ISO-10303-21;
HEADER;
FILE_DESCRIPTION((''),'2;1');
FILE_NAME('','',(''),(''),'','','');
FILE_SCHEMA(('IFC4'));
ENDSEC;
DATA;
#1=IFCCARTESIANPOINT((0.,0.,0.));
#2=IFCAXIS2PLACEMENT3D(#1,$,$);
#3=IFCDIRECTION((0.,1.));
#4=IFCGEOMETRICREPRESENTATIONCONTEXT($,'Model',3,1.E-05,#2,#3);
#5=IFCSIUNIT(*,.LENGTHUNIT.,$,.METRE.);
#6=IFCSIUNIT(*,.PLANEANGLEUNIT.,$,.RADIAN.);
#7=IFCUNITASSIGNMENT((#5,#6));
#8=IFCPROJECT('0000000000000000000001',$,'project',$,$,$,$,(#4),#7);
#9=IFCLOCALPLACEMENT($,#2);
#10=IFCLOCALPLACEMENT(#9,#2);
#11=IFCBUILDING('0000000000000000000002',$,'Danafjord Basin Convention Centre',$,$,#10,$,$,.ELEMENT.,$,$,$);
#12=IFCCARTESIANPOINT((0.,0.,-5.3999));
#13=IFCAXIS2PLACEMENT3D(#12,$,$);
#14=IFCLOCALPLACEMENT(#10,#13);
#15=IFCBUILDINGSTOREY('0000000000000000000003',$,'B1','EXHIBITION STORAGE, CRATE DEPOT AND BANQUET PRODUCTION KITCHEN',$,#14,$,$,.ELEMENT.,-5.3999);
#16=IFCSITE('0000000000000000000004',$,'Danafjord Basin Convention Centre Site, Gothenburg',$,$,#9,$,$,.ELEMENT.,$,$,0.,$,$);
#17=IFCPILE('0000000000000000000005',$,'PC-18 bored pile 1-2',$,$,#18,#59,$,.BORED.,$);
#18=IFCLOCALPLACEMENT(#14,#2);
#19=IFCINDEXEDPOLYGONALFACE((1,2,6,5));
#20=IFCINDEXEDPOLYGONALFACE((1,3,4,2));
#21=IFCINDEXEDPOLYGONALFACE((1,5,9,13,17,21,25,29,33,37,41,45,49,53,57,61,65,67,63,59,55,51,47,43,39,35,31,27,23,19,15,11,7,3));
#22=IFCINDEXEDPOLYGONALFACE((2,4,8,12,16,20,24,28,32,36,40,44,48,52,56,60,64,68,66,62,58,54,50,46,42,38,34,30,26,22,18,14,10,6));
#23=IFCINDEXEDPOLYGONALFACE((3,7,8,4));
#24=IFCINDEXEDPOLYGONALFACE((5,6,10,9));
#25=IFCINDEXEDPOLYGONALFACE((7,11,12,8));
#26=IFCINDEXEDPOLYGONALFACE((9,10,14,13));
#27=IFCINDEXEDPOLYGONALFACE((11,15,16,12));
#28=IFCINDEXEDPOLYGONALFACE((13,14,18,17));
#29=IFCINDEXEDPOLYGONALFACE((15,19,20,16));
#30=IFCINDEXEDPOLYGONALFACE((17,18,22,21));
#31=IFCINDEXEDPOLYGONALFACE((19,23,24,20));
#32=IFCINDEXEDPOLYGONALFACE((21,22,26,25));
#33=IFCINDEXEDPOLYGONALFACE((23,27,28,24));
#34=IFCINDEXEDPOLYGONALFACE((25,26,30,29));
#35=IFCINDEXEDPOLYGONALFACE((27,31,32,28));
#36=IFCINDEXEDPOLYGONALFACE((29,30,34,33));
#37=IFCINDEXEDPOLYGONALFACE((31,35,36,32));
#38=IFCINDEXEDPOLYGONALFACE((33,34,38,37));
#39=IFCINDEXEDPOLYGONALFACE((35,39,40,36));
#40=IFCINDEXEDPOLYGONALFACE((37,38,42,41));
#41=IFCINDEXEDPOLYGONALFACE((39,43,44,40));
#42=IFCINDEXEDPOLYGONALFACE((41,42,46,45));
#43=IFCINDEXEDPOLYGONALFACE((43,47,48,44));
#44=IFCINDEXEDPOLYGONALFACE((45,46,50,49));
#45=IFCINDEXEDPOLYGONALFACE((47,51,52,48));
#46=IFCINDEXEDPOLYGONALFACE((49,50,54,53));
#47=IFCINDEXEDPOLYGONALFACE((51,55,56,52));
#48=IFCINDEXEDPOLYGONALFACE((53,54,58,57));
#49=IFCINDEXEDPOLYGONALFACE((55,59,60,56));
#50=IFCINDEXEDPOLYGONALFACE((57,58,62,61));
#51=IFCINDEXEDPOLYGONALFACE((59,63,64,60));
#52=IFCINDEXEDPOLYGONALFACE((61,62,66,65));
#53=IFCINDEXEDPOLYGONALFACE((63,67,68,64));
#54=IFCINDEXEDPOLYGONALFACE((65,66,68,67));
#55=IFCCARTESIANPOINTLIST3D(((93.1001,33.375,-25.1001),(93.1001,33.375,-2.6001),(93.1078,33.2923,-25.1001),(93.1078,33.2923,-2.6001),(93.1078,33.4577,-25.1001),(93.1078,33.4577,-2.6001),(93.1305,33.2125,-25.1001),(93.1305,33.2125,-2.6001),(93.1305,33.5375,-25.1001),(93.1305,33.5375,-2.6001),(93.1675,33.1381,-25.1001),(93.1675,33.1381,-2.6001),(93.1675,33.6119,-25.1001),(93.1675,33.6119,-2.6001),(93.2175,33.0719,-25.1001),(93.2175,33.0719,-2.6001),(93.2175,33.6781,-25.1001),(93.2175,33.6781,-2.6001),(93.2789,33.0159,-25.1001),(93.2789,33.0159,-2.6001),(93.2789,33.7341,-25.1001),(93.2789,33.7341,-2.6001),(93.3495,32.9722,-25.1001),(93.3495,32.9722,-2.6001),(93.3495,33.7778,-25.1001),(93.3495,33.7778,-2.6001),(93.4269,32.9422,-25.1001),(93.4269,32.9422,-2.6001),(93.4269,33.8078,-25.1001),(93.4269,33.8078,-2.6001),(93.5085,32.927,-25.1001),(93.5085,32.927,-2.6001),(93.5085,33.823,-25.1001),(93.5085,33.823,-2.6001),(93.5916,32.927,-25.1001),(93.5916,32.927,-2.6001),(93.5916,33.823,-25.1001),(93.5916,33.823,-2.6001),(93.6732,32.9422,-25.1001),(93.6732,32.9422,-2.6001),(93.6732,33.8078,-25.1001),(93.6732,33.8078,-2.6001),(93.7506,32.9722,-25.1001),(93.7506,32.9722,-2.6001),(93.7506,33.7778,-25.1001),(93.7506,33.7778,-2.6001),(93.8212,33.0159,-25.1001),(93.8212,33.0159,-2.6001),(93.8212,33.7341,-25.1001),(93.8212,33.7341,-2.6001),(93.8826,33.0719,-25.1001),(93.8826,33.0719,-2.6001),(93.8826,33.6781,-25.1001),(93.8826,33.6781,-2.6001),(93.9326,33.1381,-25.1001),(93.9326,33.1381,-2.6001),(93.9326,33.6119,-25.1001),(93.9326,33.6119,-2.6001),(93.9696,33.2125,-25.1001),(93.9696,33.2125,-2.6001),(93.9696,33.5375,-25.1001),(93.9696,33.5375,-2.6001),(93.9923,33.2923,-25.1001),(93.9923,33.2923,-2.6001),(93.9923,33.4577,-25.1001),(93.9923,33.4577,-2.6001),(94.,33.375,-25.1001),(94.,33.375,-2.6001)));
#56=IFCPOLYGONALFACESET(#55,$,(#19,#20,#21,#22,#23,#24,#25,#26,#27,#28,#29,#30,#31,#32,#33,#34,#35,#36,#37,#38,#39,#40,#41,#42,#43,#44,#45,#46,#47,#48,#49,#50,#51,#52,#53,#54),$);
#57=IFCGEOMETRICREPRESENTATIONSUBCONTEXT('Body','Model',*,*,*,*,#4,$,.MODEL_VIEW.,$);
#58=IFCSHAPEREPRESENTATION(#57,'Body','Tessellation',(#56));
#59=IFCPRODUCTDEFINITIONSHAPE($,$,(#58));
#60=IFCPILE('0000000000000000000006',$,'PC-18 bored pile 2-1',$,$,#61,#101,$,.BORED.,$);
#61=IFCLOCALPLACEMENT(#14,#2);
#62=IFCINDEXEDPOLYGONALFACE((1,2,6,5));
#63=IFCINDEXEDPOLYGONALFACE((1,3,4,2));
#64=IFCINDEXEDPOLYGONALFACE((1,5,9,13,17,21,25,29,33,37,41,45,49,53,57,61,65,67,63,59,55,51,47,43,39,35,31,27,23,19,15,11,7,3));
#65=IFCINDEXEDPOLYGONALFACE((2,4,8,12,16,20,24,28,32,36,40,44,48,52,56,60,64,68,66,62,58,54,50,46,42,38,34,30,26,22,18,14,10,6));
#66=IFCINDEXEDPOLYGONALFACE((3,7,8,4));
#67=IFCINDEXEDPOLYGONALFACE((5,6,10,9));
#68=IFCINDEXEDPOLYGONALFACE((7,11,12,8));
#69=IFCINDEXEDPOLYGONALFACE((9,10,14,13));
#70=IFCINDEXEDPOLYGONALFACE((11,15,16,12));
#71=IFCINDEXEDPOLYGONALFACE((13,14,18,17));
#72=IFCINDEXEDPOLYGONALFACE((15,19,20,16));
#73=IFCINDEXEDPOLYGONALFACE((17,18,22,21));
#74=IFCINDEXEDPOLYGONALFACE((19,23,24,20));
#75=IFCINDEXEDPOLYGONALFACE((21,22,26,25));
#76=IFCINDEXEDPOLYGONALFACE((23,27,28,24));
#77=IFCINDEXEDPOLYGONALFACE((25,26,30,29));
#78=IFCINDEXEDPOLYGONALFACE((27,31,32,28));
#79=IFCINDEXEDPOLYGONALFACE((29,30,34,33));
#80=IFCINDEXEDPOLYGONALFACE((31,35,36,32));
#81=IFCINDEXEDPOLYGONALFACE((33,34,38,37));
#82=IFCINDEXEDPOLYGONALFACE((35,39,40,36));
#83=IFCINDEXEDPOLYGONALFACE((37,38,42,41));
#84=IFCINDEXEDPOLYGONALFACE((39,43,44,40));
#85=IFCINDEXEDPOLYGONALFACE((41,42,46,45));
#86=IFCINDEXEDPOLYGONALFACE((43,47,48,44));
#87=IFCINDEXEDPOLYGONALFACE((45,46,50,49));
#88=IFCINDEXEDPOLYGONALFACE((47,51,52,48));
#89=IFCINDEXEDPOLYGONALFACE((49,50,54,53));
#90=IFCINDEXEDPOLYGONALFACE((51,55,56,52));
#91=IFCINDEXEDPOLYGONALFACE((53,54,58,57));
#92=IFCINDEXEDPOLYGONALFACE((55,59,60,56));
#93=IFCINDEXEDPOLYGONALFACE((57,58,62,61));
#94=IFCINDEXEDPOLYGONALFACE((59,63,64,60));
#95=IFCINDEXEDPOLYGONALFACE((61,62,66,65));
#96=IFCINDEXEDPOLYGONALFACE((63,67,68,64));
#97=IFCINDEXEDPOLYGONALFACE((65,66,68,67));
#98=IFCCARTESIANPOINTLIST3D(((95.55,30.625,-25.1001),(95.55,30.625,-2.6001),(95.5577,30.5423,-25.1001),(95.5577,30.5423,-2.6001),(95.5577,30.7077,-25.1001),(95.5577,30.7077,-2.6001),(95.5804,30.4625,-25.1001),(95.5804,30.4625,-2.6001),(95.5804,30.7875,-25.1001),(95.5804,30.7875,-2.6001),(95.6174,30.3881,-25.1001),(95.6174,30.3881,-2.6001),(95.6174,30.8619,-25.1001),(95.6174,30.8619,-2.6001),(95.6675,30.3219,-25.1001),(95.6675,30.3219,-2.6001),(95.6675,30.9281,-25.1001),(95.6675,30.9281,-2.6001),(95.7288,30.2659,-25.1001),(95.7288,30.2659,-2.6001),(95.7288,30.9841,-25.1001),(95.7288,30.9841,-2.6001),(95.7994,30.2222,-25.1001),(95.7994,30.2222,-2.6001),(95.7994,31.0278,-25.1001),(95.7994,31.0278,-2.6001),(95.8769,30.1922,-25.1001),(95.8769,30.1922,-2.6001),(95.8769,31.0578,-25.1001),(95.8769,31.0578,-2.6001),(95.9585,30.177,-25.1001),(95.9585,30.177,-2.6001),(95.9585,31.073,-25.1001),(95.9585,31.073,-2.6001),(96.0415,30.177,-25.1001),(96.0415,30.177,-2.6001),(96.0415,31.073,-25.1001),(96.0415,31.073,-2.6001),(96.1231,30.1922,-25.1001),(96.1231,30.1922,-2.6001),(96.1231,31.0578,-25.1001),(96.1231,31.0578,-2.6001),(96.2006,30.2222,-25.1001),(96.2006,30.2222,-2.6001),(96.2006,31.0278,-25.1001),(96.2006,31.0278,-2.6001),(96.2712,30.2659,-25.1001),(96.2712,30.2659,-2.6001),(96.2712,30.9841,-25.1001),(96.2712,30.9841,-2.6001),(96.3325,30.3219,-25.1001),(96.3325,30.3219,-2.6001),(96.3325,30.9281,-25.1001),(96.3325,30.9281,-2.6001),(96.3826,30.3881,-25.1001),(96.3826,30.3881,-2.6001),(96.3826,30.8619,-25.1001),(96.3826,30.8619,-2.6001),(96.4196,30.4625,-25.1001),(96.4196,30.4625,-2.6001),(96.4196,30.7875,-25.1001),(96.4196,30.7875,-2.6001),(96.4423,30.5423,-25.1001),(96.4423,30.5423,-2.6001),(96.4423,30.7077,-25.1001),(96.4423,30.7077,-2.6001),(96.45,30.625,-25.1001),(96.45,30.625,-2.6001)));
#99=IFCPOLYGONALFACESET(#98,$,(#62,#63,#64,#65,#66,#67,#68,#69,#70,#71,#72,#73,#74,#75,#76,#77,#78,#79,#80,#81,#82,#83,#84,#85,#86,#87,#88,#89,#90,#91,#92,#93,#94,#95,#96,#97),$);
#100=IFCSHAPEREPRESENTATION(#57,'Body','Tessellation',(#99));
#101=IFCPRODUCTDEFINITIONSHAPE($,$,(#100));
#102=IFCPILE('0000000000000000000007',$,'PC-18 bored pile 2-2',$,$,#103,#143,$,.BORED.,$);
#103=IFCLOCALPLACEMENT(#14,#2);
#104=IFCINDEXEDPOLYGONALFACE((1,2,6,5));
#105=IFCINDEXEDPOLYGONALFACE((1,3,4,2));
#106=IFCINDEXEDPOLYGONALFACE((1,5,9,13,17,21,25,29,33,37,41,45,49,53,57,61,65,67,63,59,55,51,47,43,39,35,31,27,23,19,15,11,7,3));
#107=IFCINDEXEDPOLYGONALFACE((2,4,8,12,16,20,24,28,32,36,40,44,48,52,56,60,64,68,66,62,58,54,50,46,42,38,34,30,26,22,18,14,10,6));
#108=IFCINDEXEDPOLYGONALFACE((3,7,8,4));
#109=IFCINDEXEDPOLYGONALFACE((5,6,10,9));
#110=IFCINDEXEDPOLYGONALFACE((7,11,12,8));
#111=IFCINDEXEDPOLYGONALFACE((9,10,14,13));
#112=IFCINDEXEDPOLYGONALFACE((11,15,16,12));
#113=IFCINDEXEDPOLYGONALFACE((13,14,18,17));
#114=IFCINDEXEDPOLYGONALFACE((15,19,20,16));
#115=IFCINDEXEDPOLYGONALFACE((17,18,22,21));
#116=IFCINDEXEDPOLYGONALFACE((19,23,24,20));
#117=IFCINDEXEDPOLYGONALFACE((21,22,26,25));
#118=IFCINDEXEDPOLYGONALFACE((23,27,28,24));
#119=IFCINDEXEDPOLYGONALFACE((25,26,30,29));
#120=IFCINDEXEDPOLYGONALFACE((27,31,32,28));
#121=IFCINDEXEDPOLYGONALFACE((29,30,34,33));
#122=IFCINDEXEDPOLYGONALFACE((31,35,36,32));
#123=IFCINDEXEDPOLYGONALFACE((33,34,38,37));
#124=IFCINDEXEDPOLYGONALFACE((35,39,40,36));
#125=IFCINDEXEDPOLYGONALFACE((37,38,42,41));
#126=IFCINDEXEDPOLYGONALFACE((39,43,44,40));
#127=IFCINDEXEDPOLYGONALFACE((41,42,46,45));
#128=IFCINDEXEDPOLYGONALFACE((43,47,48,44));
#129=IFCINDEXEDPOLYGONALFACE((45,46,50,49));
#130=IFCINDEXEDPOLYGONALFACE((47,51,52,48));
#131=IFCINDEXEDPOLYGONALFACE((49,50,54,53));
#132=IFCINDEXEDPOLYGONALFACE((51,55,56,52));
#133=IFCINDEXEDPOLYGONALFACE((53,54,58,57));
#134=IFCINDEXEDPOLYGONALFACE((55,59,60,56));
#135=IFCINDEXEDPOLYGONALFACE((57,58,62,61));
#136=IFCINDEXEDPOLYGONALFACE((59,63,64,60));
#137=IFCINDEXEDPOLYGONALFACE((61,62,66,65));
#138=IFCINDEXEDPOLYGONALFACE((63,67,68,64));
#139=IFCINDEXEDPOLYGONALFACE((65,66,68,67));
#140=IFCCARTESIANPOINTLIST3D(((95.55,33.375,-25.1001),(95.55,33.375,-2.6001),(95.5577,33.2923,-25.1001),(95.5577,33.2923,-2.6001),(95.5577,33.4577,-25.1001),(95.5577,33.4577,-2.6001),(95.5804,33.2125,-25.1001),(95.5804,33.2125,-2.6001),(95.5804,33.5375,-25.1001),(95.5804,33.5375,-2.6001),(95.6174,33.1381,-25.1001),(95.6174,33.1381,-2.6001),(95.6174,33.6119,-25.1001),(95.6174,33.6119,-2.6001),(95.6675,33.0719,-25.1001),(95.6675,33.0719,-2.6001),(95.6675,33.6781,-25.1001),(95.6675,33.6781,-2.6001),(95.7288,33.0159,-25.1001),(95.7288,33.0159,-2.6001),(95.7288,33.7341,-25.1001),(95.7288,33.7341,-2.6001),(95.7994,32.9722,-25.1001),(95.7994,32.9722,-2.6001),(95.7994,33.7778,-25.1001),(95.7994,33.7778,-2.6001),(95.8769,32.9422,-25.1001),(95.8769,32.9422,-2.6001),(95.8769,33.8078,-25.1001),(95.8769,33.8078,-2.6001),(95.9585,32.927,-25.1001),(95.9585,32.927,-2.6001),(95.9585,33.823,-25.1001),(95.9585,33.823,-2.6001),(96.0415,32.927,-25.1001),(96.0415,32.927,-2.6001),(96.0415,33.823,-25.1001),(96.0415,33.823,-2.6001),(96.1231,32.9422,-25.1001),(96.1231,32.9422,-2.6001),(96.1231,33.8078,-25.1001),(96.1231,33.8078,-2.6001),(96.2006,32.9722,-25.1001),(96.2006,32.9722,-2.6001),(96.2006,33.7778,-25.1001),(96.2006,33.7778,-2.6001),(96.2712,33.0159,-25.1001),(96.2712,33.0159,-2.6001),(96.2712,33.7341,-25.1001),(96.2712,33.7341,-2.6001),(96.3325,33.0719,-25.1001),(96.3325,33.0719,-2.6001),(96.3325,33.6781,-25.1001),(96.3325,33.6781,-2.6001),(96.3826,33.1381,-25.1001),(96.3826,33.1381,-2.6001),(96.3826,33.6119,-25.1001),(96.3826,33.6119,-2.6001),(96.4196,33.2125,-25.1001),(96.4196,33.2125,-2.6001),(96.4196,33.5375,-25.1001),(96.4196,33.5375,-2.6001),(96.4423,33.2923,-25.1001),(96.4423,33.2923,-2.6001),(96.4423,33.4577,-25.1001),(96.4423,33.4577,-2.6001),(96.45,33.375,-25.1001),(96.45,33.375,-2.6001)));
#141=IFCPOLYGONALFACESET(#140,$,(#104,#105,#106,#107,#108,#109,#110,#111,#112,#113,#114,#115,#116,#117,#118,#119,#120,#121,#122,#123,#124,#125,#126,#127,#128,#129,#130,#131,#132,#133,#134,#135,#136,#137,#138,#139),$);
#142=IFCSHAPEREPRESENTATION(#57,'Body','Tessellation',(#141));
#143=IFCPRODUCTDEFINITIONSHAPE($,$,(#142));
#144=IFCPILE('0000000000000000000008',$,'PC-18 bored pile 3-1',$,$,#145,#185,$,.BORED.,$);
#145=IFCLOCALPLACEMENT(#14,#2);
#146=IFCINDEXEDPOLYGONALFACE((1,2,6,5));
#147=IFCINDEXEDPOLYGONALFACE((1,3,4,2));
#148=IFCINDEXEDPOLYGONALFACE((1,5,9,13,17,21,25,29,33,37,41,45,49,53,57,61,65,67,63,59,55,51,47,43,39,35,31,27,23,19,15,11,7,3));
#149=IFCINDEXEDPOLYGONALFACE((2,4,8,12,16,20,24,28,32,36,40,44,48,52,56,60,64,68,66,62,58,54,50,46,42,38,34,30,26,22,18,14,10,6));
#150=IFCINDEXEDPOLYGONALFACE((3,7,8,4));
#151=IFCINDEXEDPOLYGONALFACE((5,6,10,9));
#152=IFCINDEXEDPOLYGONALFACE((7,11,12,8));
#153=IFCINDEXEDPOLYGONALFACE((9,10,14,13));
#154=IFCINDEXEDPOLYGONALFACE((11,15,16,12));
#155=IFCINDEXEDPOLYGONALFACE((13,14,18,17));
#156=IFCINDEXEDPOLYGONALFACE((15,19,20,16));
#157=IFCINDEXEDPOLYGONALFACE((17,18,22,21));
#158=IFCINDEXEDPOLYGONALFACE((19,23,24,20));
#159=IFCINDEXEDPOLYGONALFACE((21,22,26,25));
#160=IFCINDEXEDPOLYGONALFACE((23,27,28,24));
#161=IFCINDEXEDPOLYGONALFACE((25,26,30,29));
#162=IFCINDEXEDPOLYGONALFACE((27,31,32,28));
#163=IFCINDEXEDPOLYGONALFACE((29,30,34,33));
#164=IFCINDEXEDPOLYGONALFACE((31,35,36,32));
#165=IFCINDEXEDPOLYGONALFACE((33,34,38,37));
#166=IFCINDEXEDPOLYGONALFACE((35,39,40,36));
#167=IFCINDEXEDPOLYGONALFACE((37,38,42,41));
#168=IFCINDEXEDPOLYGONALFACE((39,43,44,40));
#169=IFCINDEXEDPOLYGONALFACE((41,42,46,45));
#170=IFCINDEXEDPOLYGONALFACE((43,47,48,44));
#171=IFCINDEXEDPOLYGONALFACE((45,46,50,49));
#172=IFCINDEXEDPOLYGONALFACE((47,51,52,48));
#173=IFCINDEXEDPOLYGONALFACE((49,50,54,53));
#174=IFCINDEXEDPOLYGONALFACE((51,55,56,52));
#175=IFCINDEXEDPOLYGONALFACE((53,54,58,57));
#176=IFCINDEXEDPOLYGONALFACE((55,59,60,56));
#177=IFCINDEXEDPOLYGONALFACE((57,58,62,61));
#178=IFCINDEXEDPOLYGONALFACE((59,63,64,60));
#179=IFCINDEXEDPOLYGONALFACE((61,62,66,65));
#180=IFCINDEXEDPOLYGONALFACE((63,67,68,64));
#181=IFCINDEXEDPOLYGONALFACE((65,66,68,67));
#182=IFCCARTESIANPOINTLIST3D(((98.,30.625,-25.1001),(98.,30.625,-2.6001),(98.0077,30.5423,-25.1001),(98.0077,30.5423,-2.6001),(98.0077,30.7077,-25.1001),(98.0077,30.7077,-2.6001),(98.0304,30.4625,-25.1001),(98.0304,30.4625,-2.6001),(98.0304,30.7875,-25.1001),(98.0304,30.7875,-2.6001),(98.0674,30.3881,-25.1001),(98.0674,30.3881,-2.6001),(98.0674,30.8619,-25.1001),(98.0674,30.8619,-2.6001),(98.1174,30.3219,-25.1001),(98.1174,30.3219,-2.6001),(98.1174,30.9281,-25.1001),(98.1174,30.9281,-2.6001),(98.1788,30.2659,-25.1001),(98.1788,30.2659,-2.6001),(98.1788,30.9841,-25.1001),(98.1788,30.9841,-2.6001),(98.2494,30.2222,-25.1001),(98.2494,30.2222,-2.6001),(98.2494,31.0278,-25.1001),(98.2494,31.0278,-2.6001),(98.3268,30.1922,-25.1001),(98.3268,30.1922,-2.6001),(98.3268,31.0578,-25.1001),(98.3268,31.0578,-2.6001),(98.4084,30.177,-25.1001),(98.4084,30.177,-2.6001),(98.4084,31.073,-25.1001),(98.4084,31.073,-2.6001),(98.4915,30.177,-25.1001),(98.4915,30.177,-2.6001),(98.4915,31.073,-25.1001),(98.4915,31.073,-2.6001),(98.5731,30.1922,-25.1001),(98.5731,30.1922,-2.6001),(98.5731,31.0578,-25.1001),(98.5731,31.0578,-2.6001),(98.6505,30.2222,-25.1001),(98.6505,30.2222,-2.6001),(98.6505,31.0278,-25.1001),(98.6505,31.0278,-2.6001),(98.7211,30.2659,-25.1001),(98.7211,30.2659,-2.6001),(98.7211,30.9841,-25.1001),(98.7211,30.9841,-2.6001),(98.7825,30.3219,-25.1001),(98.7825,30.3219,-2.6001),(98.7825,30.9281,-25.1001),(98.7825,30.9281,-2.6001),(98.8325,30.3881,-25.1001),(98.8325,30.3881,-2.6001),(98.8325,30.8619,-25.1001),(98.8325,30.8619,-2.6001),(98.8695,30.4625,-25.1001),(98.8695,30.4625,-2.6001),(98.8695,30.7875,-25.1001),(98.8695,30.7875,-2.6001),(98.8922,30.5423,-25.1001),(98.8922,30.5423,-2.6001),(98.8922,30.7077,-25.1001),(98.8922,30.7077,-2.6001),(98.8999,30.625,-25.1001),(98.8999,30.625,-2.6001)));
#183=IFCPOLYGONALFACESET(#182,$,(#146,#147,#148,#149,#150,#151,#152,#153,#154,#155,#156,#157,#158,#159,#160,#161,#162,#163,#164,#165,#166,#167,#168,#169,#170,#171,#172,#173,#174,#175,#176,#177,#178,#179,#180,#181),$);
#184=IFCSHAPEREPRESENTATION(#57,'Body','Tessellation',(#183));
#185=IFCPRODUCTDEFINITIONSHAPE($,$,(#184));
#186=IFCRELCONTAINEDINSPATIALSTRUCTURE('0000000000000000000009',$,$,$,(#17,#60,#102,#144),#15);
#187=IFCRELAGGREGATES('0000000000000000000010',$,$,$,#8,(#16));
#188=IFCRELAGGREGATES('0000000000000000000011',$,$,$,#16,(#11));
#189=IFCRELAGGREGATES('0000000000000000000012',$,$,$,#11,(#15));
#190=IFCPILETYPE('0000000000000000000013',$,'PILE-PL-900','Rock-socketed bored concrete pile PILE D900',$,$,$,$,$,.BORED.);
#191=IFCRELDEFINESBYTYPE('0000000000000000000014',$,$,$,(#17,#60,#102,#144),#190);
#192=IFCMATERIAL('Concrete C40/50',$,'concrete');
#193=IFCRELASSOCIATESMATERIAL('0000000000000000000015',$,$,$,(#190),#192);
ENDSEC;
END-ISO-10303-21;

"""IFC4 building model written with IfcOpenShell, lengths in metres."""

from ifc_helpers import new_model, si_unit, direction, frame, origin, origin_2d, place, context, subcontext, project, spatial, circle, extrude, material, material_profile, profile_set, type_object, element, save


model = new_model("IFC4")

# Units and contexts
model_context = context("Model", 3, precision=1e-05, world=origin(), true_north=direction((0.0, 1.0)))
body_context = subcontext(model_context, "Body", "Model", "MODEL_VIEW")
ifc_project = project(units=[si_unit("LENGTHUNIT", "METRE"), si_unit("PLANEANGLEUNIT", "RADIAN")], contexts=[model_context])

# Site, building, storey
site_placement = place(None, origin())
site = spatial("IfcSite", under=ifc_project, at=site_placement, Name="Danafjord Basin Convention Centre Site, Gothenburg", CompositionType="ELEMENT", RefElevation=0.0)
building_placement = place(site_placement, origin())
building = spatial("IfcBuilding", under=site, at=building_placement, Name="Danafjord Basin Convention Centre", CompositionType="ELEMENT")
storey_placement = place(building_placement, frame((0.0, 0.0, -5.3999)))
storey = spatial("IfcBuildingStorey", under=building, at=storey_placement, Name="B1", Description="EXHIBITION STORAGE, CRATE DEPOT AND BANQUET PRODUCTION KITCHEN", CompositionType="ELEMENT", Elevation=-5.3999)

# Shared definitions
ifc_material_1 = material(Name="Concrete C40/50", Category="concrete")

# Piles
ifc_material_profile_1 = material_profile(ifc_material_1, circle(Radius=0.45, at=origin_2d()), Name="PILE D900")
ifc_profile_set_1 = profile_set([ifc_material_profile_1], Name="Concrete C40/50")
pile_type_1 = type_object("IfcPileType", Name="PILE-PL-900", Description="Rock-socketed bored concrete pile PILE D900", PredefinedType="BORED", material=ifc_profile_set_1)
for number, where, z_axis, x_axis, name in (
    (1, (93.55, 33.375, -2.6001), (0.0, 0.0, -1.0), (1.0, 0.0, 0.0), "PC-18 bored pile 1-2"),
    (2, (96.0, 30.625, -2.6001), (0.0, 0.0, -1.0), (1.0, 0.0, 0.0), "PC-18 bored pile 2-1"),
    (3, (96.0, 33.375, -2.6001), (0.0, 0.0, -1.0), (1.0, 0.0, 0.0), "PC-18 bored pile 2-2"),
    (4, (98.45, 30.625, -2.6001), (0.0, 0.0, -1.0), (1.0, 0.0, 0.0), "PC-18 bored pile 3-1"),
):
    element("IfcPile", number, at=place(storey_placement, frame(where, z_axis=z_axis, x_axis=x_axis)), inside=storey, type_object=pile_type_1, Name=name, PredefinedType="BORED", context=body_context, shape_type="SweptSolid", body=[
        extrude(circle(Radius=0.45, at=origin_2d()), origin(), (0.0, 0.0, 1.0), 22.5),
    ])

save(model, "model.ifc")
